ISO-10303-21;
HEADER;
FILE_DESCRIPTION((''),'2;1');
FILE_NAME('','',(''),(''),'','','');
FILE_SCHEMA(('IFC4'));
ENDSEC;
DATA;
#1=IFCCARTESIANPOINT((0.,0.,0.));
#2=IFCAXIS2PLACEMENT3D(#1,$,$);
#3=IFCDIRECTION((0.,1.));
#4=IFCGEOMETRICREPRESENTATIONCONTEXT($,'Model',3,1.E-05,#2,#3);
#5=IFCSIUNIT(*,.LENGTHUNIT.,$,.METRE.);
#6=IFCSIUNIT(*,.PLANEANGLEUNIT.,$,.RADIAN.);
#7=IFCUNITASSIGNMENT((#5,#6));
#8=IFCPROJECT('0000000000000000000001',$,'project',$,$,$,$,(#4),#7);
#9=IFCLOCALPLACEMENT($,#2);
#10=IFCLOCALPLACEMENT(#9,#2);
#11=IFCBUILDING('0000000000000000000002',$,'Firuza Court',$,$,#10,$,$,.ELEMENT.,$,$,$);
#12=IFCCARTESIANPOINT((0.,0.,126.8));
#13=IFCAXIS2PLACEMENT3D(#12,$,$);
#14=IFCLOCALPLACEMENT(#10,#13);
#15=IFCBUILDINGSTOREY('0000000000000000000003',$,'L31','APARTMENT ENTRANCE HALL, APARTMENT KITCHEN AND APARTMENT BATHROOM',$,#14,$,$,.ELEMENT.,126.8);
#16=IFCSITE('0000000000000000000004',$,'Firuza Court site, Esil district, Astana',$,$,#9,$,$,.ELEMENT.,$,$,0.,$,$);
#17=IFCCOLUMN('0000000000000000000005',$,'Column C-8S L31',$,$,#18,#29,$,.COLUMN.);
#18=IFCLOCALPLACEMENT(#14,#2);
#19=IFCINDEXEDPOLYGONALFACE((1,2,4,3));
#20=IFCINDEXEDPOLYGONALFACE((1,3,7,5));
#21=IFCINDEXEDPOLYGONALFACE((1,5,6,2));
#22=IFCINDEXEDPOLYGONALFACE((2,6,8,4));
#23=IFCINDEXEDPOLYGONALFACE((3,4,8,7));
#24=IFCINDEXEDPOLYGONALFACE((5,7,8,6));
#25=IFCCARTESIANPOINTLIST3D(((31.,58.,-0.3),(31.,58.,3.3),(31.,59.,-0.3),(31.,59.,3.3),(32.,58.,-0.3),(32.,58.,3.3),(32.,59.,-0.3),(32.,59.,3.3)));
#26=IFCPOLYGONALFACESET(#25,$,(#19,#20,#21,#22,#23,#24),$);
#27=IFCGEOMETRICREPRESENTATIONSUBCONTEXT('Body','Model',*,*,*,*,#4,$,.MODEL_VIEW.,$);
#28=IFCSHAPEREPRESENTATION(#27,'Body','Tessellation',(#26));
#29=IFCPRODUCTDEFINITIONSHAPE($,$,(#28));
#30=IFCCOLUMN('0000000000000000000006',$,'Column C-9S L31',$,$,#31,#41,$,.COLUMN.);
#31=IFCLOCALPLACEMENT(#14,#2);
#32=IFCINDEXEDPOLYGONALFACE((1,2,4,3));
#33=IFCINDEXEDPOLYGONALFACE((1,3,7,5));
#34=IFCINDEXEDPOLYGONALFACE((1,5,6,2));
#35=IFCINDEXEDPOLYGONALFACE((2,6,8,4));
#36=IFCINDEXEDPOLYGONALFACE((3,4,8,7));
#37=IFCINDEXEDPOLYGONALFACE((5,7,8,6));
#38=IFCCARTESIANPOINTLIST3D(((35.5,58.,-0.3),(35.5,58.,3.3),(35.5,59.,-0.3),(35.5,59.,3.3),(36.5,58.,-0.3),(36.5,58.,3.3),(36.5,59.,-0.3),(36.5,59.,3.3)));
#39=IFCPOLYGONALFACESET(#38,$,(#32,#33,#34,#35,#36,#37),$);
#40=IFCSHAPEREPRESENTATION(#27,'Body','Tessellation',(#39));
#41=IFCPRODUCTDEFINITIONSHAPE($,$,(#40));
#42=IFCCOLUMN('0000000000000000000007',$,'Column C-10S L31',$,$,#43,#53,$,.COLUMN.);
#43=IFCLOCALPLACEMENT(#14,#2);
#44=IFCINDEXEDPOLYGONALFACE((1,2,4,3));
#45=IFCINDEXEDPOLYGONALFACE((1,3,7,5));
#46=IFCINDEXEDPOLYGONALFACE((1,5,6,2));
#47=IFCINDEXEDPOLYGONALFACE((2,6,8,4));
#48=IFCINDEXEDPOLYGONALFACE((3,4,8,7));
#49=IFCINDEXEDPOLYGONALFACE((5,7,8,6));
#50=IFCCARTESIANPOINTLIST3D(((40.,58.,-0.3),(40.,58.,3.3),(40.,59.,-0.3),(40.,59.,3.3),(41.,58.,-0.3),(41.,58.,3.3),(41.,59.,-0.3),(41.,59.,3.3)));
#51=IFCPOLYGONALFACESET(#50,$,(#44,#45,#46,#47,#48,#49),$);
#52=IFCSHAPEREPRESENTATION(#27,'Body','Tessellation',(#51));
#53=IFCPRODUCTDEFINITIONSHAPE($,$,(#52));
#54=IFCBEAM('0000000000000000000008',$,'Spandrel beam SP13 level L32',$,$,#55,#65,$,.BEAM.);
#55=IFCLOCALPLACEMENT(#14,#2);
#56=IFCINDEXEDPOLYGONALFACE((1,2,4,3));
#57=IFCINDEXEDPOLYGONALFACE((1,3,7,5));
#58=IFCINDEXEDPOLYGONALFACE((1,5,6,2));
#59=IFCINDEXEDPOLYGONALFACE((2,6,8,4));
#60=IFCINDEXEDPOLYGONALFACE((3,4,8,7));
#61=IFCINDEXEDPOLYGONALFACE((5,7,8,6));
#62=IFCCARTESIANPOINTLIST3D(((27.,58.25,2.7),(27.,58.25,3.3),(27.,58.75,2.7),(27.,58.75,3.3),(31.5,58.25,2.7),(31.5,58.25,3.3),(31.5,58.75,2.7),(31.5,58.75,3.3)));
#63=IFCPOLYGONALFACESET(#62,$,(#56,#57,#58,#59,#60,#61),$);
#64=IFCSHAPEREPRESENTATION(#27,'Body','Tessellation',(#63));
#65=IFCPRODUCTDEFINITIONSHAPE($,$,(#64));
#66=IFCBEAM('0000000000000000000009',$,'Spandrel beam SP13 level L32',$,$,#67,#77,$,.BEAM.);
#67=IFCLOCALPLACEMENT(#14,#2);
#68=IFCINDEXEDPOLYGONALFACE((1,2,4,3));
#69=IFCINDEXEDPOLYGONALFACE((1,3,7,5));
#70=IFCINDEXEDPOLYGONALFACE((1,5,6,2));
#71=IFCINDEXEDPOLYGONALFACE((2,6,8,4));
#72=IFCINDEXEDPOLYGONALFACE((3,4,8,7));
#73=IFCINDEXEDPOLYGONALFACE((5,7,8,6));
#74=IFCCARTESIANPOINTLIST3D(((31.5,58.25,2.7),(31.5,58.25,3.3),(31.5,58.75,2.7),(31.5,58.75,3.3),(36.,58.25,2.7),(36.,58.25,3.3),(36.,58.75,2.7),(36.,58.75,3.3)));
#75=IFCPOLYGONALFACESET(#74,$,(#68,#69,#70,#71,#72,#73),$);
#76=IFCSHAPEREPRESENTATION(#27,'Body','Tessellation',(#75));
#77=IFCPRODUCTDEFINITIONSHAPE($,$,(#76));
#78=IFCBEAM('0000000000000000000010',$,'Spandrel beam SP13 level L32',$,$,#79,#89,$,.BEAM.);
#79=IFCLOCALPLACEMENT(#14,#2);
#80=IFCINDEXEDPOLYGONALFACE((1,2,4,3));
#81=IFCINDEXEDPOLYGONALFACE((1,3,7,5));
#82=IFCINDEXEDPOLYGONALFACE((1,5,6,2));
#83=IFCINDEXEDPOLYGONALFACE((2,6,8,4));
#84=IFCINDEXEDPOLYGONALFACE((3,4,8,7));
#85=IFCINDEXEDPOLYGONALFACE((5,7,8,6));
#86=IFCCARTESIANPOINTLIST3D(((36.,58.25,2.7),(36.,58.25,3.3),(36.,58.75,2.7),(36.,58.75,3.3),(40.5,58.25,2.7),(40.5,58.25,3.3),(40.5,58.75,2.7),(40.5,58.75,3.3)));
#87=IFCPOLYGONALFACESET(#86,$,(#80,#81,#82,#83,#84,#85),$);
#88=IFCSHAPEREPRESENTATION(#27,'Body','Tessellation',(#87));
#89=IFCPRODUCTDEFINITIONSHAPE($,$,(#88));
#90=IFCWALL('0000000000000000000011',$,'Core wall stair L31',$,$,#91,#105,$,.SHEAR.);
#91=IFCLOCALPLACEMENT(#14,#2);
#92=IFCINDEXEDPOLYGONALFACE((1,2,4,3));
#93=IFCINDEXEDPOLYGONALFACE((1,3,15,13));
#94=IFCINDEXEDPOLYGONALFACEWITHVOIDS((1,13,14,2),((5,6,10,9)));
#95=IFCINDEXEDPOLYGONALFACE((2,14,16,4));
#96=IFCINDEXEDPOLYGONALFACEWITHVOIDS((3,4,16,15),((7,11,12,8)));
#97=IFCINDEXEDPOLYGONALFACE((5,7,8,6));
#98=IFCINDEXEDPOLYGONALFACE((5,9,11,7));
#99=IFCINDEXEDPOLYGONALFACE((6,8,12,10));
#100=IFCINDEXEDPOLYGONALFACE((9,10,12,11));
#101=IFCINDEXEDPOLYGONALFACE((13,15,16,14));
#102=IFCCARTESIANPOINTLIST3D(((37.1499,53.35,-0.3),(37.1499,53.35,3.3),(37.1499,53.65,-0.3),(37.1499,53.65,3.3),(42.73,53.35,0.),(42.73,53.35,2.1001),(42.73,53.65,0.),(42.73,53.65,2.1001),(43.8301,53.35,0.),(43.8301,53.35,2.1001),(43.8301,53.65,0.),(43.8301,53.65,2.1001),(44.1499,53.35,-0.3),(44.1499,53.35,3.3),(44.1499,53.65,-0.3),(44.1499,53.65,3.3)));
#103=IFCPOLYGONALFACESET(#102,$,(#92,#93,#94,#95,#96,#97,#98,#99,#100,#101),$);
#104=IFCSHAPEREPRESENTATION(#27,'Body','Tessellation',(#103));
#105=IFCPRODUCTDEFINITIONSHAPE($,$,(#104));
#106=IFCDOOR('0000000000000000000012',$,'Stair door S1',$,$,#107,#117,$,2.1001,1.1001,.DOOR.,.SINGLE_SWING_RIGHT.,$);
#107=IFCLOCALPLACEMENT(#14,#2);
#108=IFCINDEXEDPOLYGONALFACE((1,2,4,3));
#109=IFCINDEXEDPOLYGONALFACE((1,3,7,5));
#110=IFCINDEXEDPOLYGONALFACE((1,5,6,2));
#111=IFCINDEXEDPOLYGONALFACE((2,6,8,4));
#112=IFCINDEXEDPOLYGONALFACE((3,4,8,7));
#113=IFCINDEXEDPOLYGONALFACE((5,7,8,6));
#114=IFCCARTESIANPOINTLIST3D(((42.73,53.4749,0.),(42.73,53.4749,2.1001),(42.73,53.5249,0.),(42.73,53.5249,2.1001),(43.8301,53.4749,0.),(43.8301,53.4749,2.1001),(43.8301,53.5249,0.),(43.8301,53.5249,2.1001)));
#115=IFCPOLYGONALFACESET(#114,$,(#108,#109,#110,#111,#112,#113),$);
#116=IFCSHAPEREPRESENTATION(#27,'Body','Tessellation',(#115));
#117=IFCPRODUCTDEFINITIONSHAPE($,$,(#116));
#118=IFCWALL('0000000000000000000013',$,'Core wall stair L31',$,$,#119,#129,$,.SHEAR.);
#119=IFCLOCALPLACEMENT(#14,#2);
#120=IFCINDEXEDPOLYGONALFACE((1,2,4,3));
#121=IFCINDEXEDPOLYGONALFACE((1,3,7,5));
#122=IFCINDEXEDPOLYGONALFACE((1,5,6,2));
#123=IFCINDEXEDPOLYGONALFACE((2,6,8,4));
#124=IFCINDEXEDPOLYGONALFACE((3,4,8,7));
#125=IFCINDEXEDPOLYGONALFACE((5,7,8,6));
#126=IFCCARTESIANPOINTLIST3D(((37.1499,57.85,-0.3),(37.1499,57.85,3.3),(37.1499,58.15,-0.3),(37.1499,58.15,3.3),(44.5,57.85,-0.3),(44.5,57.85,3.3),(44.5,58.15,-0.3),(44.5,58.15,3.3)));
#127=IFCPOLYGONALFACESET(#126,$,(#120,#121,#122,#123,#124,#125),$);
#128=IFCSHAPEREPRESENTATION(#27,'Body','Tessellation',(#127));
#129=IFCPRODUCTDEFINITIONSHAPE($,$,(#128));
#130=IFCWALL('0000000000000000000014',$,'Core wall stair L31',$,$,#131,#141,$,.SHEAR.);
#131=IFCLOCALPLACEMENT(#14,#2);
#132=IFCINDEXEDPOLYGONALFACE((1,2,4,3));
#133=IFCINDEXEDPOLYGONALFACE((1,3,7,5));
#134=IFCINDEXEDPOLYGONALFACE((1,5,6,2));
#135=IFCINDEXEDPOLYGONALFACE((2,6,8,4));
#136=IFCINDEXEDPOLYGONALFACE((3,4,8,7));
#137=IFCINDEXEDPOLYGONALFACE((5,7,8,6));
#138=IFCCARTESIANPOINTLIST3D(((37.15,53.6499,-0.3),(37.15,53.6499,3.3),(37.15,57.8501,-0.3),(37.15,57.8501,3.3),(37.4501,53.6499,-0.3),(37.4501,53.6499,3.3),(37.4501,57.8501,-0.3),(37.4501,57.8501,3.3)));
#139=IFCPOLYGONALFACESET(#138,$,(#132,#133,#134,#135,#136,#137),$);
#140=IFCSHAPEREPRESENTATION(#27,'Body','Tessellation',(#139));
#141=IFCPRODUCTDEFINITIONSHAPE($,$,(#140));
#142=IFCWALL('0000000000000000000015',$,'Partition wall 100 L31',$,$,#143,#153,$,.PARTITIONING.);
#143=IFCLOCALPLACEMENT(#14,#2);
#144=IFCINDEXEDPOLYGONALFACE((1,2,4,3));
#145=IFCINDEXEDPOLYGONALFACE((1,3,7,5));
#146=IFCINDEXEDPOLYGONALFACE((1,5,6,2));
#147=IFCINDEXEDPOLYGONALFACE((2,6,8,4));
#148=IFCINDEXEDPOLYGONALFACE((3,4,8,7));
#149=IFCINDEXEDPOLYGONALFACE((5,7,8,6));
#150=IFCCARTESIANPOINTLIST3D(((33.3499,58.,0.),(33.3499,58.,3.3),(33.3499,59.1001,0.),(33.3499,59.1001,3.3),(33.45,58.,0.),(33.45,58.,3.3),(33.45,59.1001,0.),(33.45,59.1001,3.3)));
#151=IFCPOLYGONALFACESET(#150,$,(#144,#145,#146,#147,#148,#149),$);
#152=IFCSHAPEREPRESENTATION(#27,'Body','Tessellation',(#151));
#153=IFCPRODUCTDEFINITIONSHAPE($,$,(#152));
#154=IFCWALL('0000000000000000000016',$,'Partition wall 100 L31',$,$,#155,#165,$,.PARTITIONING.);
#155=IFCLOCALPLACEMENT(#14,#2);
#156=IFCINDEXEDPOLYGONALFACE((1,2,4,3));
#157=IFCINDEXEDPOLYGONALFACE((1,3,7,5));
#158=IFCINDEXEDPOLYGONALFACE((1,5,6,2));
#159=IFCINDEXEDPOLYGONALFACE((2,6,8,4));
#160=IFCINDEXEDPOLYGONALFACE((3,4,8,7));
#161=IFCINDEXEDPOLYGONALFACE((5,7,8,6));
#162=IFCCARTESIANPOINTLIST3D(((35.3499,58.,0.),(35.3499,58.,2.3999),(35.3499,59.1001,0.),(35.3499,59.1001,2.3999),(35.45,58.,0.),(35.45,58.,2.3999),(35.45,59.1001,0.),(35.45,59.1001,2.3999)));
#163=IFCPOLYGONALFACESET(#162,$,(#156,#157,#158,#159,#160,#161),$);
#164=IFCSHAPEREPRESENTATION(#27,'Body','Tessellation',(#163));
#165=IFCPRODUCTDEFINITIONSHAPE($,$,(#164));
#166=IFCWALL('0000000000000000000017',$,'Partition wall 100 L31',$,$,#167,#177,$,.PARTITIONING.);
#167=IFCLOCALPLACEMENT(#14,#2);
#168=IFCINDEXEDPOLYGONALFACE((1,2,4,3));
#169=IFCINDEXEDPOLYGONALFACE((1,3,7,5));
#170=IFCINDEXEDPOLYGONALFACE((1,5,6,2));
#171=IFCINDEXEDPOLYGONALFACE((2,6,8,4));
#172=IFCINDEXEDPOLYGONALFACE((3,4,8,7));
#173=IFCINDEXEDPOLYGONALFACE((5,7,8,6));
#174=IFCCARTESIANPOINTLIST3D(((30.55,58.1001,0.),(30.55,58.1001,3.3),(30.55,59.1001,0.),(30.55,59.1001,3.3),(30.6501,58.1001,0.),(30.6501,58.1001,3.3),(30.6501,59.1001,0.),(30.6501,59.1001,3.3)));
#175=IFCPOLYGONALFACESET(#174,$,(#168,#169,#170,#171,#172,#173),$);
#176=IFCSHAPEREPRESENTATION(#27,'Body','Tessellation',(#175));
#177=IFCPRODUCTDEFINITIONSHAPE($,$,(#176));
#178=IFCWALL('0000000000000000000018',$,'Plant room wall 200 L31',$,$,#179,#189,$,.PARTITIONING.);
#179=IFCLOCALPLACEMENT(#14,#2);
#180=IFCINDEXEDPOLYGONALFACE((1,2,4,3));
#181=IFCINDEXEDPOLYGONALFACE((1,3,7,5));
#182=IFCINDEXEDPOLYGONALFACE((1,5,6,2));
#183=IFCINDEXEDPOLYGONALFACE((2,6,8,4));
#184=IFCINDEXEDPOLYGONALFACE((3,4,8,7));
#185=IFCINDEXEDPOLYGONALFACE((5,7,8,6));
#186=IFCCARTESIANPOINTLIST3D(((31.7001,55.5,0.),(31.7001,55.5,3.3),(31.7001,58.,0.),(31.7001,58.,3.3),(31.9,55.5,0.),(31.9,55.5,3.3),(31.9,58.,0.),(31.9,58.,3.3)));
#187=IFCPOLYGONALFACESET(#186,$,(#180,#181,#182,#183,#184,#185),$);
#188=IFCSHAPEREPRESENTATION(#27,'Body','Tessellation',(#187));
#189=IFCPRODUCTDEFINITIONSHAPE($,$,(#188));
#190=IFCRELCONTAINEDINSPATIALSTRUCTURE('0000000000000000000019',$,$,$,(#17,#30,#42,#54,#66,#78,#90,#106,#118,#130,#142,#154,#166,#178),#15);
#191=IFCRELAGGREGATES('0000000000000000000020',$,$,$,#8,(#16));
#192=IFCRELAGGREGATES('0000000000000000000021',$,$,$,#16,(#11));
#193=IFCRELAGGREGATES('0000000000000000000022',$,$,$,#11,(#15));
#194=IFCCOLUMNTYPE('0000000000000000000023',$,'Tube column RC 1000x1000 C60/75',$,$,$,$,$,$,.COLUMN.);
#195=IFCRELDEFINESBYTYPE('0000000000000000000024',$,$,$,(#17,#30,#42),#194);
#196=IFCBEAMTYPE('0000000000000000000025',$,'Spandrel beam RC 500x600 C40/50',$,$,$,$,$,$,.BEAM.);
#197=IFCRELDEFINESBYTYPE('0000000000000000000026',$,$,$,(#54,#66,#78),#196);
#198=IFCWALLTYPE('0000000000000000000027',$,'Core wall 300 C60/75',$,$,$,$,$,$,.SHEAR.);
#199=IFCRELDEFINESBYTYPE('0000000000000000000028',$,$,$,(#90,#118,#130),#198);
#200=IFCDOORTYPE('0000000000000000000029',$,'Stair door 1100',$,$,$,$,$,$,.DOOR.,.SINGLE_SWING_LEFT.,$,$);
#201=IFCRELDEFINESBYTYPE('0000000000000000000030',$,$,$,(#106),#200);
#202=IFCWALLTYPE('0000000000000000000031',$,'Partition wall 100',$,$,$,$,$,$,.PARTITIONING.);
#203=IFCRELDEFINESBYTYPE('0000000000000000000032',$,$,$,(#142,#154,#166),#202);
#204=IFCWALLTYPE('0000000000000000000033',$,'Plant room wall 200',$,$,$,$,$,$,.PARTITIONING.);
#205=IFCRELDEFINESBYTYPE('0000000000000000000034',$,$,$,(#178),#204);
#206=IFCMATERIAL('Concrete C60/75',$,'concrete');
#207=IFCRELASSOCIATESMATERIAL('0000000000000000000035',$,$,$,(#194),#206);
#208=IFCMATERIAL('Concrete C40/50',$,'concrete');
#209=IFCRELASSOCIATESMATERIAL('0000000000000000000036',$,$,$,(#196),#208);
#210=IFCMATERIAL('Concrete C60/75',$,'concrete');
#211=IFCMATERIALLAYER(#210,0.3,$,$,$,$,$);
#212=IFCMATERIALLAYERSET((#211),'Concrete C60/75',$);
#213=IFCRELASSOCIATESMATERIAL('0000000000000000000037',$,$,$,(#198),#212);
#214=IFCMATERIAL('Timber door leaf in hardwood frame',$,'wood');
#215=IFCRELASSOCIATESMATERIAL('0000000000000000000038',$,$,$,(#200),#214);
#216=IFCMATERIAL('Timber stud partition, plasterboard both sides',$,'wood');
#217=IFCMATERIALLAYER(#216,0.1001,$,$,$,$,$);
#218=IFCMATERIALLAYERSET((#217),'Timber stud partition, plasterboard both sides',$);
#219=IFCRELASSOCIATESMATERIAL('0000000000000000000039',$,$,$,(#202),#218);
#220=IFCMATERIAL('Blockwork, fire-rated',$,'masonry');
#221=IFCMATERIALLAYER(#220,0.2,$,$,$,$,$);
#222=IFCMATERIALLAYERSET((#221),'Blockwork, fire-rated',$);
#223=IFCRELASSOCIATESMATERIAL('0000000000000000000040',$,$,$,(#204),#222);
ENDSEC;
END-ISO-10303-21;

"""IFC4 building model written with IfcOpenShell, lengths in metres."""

from ifc_helpers import new_model, si_unit, direction, frame, frame_2d, origin, origin_2d, place, context, subcontext, project, spatial, rectangle, extrude, material, layer, layer_set, material_profile, profile_set, type_object, element, fill, save


model = new_model("IFC4")

# Units and contexts
model_context = context("Model", 3, precision=1e-05, world=origin(), true_north=direction((0.0, 1.0)))
body_context = subcontext(model_context, "Body", "Model", "MODEL_VIEW")
ifc_project = project(units=[si_unit("LENGTHUNIT", "METRE"), si_unit("PLANEANGLEUNIT", "RADIAN")], contexts=[model_context])

# Site, building, storey
site_placement = place(None, origin())
site = spatial("IfcSite", under=ifc_project, at=site_placement, Name="Firuza Court site, Esil district, Astana", CompositionType="ELEMENT", RefElevation=0.0)
building_placement = place(site_placement, origin())
building = spatial("IfcBuilding", under=site, at=building_placement, Name="Firuza Court", CompositionType="ELEMENT")
storey_placement = place(building_placement, frame((0.0, 0.0, 126.8)))
storey = spatial("IfcBuildingStorey", under=building, at=storey_placement, Name="L31", Description="APARTMENT ENTRANCE HALL, APARTMENT KITCHEN AND APARTMENT BATHROOM", CompositionType="ELEMENT", Elevation=126.8)

# Columns
ifc_material_1 = material(Name="Concrete C60/75", Category="concrete")
ifc_material_profile_1 = material_profile(ifc_material_1, rectangle(XDim=1.0, YDim=1.0, at=origin_2d()), Name="RC 1000x1000")
ifc_profile_set_1 = profile_set([ifc_material_profile_1], Name="Concrete C60/75")
column_type = type_object("IfcColumnType", Name="Tube column RC 1000x1000 C60/75", PredefinedType="COLUMN", material=ifc_profile_set_1)
for number, where, z_axis, x_axis, name in (
    (1, (31.5, 58.5, -0.3), (0.0, 0.0, 1.0), (1.0, 0.0, 0.0), "Column C-8S L31"),
    (2, (36.0, 58.5, -0.3), (0.0, 0.0, 1.0), (1.0, 0.0, 0.0), "Column C-9S L31"),
    (3, (40.5, 58.5, -0.3), (0.0, 0.0, 1.0), (1.0, 0.0, 0.0), "Column C-10S L31"),
):
    element("IfcColumn", number, at=place(storey_placement, frame(where, z_axis=z_axis, x_axis=x_axis)), inside=storey, type_object=column_type, Name=name, PredefinedType="COLUMN", context=body_context, shape_type="SweptSolid", body=[
        extrude(rectangle(XDim=1.0, YDim=1.0, at=origin_2d()), origin(), (0.0, 0.0, 1.0), 3.6001),
    ])

# Beams
ifc_material_2 = material(Name="Concrete C40/50", Category="concrete")
ifc_material_profile_2 = material_profile(ifc_material_2, rectangle(XDim=0.5, YDim=0.6001, at=origin_2d()), Name="RC 500x600")
ifc_profile_set_2 = profile_set([ifc_material_profile_2], Name="Concrete C40/50")
beam_type = type_object("IfcBeamType", Name="Spandrel beam RC 500x600 C40/50", PredefinedType="BEAM", material=ifc_profile_set_2)
for number, where, z_axis, x_axis, name in (
    (4, (31.5, 58.5, 3.0), (-1.0, 0.0, 0.0), (0.0, -1.0, 0.0), "Spandrel beam SP13 level L32"),
    (5, (36.0, 58.5, 3.0), (-1.0, 0.0, 0.0), (0.0, -1.0, 0.0), "Spandrel beam SP13 level L32"),
    (6, (40.5, 58.5, 3.0), (-1.0, 0.0, 0.0), (0.0, -1.0, 0.0), "Spandrel beam SP13 level L32"),
):
    element("IfcBeam", number, at=place(storey_placement, frame(where, z_axis=z_axis, x_axis=x_axis)), inside=storey, type_object=beam_type, Name=name, PredefinedType="BEAM", context=body_context, shape_type="SweptSolid", body=[
        extrude(rectangle(XDim=0.5, YDim=0.6001, at=origin_2d()), origin(), (0.0, 0.0, 1.0), 4.5),
    ])

# Wall, opening, door
ifc_material_3 = material(Name="Concrete C60/75", Category="concrete")
ifc_layer_1 = layer(ifc_material_3, 0.3)
ifc_layer_set_1 = layer_set([ifc_layer_1], Name="Concrete C60/75")
wall_type_1 = type_object("IfcWallType", Name="Core wall 300 C60/75", PredefinedType="SHEAR", material=ifc_layer_set_1)
wall_1_placement = place(storey_placement, frame((37.1499, 53.5, -0.3), z_axis=(0.0, 0.0, 1.0), x_axis=(1.0, 0.0, 0.0)))
wall_1 = element("IfcWall", 7, at=wall_1_placement, inside=storey, type_object=wall_type_1, Name="Core wall stair L31", PredefinedType="SHEAR", context=body_context, shape_type="SweptSolid", body=[
    extrude(rectangle(XDim=7.0, YDim=0.3, at=frame_2d((3.5, 0.0))), origin(), (0.0, 0.0, 1.0), 3.6001),
])
opening_1_placement = place(wall_1_placement, frame((5.5801, 0.0, 0.3)))
opening_1 = element("IfcOpeningElement", 8, at=opening_1_placement, cuts=wall_1, PredefinedType="OPENING", context=body_context, shape_type="SweptSolid", body=[
    extrude(rectangle(XDim=1.1001, YDim=2.1001, at=frame_2d((0.55, 1.05))), frame((0.0, 0.1621, 0.0), z_axis=(0.0, -1.0, 0.0), x_axis=(1.0, 0.0, 0.0)), (0.0, 0.0, 1.0), 0.324),
])
ifc_material_4 = material(Name="Timber door leaf in hardwood frame", Category="wood")
door_type_1 = type_object("IfcDoorType", Name="Stair door 1100", OperationType="SINGLE_SWING_LEFT", PredefinedType="DOOR", material=ifc_material_4)
door_1_placement = place(opening_1_placement, origin())
door_1 = element("IfcDoor", 9, at=door_1_placement, inside=storey, type_object=door_type_1, Name="Stair door S1", OperationType="SINGLE_SWING_RIGHT", OverallHeight=2.1001, OverallWidth=1.1001, PredefinedType="DOOR", context=body_context, shape_type="SweptSolid", body=[
    extrude(rectangle(XDim=1.1001, YDim=2.1001, at=frame_2d((0.55, 1.05))), frame((0.0, 0.0249, 0.0), z_axis=(0.0, -1.0, 0.0), x_axis=(1.0, 0.0, 0.0)), (0.0, 0.0, 1.0), 0.05),
])
fill(opening_1, door_1)

# Walls
wall_2_placement = place(storey_placement, frame((37.1499, 58.0, -0.3), z_axis=(0.0, 0.0, 1.0), x_axis=(1.0, 0.0, 0.0)))
element("IfcWall", 10, at=wall_2_placement, inside=storey, type_object=wall_type_1, Name="Core wall stair L31", PredefinedType="SHEAR", context=body_context, shape_type="SweptSolid", body=[
    extrude(rectangle(XDim=7.3501, YDim=0.3, at=frame_2d((3.675, 0.0))), origin(), (0.0, 0.0, 1.0), 3.6001),
])
wall_3_placement = place(storey_placement, frame((37.3, 53.6499, -0.3), z_axis=(0.0, 0.0, 1.0), x_axis=(0.0, 1.0, 0.0)))
element("IfcWall", 11, at=wall_3_placement, inside=storey, type_object=wall_type_1, Name="Core wall stair L31", PredefinedType="SHEAR", context=body_context, shape_type="SweptSolid", body=[
    extrude(rectangle(XDim=4.2002, YDim=0.3, at=frame_2d((2.1001, 0.0))), origin(), (0.0, 0.0, 1.0), 3.6001),
])
ifc_material_5 = material(Name="Timber stud partition, plasterboard both sides", Category="wood")
ifc_layer_2 = layer(ifc_material_5, 0.1001)
ifc_layer_set_2 = layer_set([ifc_layer_2], Name="Timber stud partition, plasterboard both sides")
wall_type_2 = type_object("IfcWallType", Name="Partition wall 100", PredefinedType="PARTITIONING", material=ifc_layer_set_2)
wall_4_placement = place(storey_placement, frame((33.3999, 58.0, 0.0), z_axis=(0.0, 0.0, 1.0), x_axis=(0.0, 1.0, 0.0)))
element("IfcWall", 12, at=wall_4_placement, inside=storey, type_object=wall_type_2, Name="Partition wall 100 L31", PredefinedType="PARTITIONING", context=body_context, shape_type="SweptSolid", body=[
    extrude(rectangle(XDim=1.1001, YDim=0.1001, at=frame_2d((0.55, 0.0))), origin(), (0.0, 0.0, 1.0), 3.3),
])
wall_5_placement = place(storey_placement, frame((35.3999, 58.0, 0.0), z_axis=(0.0, 0.0, 1.0), x_axis=(0.0, 1.0, 0.0)))
element("IfcWall", 13, at=wall_5_placement, inside=storey, type_object=wall_type_2, Name="Partition wall 100 L31", PredefinedType="PARTITIONING", context=body_context, shape_type="SweptSolid", body=[
    extrude(rectangle(XDim=1.1001, YDim=0.1001, at=frame_2d((0.55, 0.0))), origin(), (0.0, 0.0, 1.0), 2.3999),
])
wall_6_placement = place(storey_placement, frame((30.6001, 58.1001, 0.0), z_axis=(0.0, 0.0, 1.0), x_axis=(0.0, 1.0, 0.0)))
element("IfcWall", 14, at=wall_6_placement, inside=storey, type_object=wall_type_2, Name="Partition wall 100 L31", PredefinedType="PARTITIONING", context=body_context, shape_type="SweptSolid", body=[
    extrude(rectangle(XDim=1.0, YDim=0.1001, at=frame_2d((0.5, 0.0))), origin(), (0.0, 0.0, 1.0), 3.3),
])
ifc_material_6 = material(Name="Blockwork, fire-rated", Category="masonry")
ifc_layer_3 = layer(ifc_material_6, 0.2)
ifc_layer_set_3 = layer_set([ifc_layer_3], Name="Blockwork, fire-rated")
wall_type_3 = type_object("IfcWallType", Name="Plant room wall 200", PredefinedType="PARTITIONING", material=ifc_layer_set_3)
for number, where, z_axis, x_axis, name in (
    (15, (31.8, 55.5, 0.0), (0.0, 0.0, 1.0), (0.0, 1.0, 0.0), "Plant room wall 200 L31"),
):
    element("IfcWall", number, at=place(storey_placement, frame(where, z_axis=z_axis, x_axis=x_axis)), inside=storey, type_object=wall_type_3, Name=name, PredefinedType="PARTITIONING", context=body_context, shape_type="SweptSolid", body=[
        extrude(rectangle(XDim=2.5, YDim=0.2, at=frame_2d((1.25, 0.0))), origin(), (0.0, 0.0, 1.0), 3.3),
    ])

save(model, "model.ifc")
